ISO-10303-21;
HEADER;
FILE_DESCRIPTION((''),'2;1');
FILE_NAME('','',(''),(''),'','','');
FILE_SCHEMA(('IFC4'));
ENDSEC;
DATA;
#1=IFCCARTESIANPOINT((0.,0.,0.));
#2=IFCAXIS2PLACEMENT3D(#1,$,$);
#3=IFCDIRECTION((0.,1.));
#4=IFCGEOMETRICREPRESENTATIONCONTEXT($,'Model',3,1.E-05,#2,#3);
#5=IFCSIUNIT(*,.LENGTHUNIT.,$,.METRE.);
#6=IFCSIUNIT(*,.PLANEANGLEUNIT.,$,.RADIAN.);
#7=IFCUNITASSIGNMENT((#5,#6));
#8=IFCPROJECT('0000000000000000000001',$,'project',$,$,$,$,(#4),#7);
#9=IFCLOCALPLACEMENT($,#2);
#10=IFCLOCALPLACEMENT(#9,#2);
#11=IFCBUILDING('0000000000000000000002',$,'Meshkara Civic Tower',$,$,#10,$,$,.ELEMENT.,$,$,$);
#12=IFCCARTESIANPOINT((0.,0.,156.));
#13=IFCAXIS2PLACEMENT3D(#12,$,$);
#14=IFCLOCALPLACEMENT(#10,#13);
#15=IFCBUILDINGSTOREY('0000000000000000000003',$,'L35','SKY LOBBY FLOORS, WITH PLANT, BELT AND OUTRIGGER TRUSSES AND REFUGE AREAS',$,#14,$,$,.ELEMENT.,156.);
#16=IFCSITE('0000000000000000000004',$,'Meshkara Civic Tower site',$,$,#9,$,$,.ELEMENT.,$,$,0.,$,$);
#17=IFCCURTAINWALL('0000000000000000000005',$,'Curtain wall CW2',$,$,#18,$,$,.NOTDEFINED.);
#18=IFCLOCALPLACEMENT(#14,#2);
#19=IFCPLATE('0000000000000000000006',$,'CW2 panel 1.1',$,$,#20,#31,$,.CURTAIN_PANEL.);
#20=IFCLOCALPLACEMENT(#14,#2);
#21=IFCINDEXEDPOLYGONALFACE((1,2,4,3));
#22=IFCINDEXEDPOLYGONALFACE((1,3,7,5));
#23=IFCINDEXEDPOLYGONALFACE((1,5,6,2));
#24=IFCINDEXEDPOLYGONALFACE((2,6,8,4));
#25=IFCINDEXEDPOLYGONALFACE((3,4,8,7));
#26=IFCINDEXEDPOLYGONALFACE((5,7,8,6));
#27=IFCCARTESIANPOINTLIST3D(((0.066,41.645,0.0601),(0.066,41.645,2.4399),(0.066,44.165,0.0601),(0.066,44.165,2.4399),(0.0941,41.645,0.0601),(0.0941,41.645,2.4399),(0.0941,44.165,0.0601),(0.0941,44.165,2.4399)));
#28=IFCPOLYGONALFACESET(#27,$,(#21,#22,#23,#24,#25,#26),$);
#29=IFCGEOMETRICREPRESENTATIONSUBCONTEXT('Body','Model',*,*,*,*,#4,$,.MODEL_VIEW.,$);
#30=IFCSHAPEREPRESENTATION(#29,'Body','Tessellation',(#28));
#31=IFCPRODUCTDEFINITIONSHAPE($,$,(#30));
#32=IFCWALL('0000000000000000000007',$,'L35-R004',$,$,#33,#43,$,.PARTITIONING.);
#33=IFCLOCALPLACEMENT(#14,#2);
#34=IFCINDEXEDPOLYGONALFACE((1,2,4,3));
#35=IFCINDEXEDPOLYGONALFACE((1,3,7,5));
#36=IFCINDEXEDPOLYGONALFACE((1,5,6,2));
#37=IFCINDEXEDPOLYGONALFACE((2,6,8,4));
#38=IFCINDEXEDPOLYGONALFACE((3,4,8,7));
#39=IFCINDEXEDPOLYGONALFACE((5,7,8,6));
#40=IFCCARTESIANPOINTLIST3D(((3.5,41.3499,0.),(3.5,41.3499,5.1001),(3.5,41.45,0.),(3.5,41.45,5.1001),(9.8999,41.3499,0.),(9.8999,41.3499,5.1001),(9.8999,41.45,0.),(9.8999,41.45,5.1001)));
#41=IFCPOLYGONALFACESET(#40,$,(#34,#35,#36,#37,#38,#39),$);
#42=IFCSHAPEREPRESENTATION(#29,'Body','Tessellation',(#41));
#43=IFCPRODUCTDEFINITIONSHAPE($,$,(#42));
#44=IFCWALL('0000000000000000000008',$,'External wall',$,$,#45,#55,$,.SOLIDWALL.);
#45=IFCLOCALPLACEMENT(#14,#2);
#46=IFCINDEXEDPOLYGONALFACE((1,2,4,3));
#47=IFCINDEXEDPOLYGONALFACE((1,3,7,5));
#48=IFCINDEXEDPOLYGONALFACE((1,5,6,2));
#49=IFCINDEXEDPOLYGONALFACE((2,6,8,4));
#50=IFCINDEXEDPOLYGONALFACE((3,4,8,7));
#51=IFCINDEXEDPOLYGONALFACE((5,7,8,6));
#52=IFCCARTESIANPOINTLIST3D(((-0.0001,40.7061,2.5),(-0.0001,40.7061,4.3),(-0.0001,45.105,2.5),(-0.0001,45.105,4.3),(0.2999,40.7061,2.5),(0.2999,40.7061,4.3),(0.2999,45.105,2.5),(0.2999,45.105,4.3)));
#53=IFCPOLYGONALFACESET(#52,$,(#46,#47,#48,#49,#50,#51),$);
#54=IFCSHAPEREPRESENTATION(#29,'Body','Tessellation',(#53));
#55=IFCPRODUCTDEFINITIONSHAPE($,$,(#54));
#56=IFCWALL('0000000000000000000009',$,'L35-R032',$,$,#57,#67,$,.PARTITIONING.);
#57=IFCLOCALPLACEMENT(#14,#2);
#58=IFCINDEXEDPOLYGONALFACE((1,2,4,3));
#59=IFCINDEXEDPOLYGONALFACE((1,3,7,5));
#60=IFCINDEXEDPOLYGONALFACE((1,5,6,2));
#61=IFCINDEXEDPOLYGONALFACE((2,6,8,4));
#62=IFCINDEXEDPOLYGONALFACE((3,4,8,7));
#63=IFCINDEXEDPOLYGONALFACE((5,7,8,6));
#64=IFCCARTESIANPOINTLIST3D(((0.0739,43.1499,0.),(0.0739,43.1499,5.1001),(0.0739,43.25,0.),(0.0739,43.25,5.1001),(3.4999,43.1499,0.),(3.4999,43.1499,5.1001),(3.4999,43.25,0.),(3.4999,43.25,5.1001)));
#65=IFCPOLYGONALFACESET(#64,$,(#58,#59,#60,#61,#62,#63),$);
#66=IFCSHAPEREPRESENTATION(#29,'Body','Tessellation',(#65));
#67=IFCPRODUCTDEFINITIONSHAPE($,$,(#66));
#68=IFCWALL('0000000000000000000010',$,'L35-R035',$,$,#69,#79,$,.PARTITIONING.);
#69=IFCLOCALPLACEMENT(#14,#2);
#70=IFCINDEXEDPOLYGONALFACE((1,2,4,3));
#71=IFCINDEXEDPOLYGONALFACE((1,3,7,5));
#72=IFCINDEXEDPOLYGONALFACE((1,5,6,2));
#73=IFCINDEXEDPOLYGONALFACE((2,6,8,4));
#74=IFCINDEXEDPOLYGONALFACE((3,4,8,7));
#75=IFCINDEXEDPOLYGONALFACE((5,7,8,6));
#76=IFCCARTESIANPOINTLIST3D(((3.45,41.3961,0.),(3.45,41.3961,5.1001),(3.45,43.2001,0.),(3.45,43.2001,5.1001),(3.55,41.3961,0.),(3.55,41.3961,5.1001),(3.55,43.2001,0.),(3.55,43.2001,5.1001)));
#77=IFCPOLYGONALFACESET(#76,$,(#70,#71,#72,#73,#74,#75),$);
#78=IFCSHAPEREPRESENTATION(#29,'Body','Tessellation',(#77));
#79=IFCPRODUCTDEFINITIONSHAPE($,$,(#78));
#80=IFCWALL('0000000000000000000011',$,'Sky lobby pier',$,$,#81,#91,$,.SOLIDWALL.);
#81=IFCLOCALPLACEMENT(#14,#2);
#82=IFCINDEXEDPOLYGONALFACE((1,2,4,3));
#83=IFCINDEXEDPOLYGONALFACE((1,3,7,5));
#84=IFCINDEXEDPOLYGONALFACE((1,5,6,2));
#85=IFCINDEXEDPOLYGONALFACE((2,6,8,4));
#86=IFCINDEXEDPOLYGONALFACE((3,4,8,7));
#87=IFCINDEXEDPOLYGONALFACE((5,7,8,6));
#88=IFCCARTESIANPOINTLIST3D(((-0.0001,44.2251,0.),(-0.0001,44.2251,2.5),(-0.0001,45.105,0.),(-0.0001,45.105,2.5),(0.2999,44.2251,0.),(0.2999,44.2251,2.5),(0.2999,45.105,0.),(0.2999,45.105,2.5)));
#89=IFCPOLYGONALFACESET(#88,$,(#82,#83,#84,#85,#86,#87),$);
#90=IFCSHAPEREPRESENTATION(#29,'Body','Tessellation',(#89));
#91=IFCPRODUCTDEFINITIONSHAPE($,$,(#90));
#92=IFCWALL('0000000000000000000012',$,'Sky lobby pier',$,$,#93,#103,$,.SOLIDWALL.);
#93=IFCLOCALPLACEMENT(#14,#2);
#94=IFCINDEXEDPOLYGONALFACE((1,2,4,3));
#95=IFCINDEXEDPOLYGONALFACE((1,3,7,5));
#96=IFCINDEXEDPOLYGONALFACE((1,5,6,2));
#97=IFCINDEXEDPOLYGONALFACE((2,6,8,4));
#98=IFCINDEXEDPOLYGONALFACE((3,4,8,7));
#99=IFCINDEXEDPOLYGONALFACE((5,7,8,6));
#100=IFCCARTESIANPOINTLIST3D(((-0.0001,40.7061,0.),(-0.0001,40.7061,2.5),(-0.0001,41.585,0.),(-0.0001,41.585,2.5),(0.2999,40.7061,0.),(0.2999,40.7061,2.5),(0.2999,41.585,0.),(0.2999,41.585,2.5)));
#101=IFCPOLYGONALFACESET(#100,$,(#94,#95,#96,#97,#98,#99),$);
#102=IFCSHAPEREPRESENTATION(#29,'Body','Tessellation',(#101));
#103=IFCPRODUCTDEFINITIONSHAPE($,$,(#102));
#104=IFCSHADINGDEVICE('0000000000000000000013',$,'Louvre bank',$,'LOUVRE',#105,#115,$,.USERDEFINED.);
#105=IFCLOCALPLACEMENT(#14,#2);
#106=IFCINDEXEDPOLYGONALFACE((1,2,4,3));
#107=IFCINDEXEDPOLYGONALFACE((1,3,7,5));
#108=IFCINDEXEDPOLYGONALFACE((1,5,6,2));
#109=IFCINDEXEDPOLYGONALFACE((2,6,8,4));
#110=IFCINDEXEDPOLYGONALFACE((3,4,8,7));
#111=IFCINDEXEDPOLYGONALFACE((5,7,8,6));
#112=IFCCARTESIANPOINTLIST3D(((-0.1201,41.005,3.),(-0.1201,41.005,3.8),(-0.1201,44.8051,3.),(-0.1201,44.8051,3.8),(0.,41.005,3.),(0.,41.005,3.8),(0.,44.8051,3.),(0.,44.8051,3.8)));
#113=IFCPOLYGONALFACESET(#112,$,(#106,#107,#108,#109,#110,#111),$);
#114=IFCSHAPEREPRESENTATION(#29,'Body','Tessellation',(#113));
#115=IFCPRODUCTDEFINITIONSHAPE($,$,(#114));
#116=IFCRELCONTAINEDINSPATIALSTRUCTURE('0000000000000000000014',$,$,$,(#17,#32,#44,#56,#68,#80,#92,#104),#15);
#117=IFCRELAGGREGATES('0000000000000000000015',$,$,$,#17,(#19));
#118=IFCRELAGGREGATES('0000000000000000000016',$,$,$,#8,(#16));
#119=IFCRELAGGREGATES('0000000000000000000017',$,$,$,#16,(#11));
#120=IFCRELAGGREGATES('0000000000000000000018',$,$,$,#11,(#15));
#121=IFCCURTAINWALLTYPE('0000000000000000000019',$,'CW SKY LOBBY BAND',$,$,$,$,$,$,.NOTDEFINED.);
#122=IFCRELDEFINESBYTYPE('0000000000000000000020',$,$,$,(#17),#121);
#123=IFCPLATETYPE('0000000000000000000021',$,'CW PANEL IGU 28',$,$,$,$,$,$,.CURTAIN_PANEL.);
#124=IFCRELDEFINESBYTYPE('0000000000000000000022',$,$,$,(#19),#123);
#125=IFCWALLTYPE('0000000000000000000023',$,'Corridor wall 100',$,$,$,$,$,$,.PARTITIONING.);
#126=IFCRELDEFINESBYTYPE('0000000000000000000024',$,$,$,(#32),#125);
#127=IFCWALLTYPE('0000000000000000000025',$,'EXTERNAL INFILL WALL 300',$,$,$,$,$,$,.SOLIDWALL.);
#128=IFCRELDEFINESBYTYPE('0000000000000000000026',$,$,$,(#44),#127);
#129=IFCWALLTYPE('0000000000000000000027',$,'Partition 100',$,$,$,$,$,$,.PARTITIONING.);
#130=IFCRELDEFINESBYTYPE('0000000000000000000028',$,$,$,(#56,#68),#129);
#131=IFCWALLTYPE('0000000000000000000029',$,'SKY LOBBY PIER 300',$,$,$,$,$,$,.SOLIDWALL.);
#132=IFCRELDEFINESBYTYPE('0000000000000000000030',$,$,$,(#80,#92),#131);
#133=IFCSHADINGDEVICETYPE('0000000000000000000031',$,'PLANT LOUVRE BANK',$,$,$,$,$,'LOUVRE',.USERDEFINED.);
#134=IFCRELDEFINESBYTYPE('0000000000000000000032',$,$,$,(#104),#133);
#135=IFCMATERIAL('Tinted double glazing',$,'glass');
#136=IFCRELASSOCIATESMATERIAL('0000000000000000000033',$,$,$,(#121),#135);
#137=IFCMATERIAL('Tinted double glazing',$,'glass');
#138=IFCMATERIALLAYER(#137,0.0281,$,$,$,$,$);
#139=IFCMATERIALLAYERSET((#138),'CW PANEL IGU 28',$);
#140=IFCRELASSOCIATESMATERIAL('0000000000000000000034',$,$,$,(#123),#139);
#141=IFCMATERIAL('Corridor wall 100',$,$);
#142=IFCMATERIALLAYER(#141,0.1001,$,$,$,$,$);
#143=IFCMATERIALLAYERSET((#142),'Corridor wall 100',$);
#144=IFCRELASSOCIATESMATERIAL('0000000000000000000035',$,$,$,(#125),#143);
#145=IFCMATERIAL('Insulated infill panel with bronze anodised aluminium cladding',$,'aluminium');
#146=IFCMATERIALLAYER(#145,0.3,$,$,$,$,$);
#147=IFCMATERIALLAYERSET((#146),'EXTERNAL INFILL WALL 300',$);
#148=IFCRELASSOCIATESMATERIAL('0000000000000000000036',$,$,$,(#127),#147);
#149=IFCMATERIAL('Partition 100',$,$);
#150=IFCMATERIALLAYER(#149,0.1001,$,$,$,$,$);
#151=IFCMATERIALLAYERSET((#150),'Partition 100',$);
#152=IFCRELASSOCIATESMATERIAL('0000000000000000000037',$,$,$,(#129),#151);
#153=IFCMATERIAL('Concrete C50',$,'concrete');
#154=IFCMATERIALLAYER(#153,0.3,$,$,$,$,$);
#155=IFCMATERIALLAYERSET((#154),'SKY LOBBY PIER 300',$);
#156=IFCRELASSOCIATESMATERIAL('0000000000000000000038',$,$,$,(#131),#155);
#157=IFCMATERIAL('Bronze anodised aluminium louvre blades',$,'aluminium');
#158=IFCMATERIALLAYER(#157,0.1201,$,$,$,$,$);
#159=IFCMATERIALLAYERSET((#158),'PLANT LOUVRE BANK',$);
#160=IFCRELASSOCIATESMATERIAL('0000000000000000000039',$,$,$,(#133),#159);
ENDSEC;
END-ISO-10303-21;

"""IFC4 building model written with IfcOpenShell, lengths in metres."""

from ifc_helpers import new_model, si_unit, direction, frame, frame_2d, origin, origin_2d, place, context, subcontext, project, spatial, rectangle, extrude, material, layer, layer_set, type_object, element, aggregate, save


model = new_model("IFC4")

# Units and contexts
model_context = context("Model", 3, precision=1e-05, world=origin(), true_north=direction((0.0, 1.0)))
body_context = subcontext(model_context, "Body", "Model", "MODEL_VIEW")
ifc_project = project(units=[si_unit("LENGTHUNIT", "METRE"), si_unit("PLANEANGLEUNIT", "RADIAN")], contexts=[model_context])

# Site, building, storey
site_placement = place(None, origin())
site = spatial("IfcSite", under=ifc_project, at=site_placement, Name="Meshkara Civic Tower site", CompositionType="ELEMENT", RefElevation=0.0)
building_placement = place(site_placement, origin())
building = spatial("IfcBuilding", under=site, at=building_placement, Name="Meshkara Civic Tower", CompositionType="ELEMENT")
storey_placement = place(building_placement, frame((0.0, 0.0, 156.0)))
storey = spatial("IfcBuildingStorey", under=building, at=storey_placement, Name="L35", Description="SKY LOBBY FLOORS, WITH PLANT, BELT AND OUTRIGGER TRUSSES AND REFUGE AREAS", CompositionType="ELEMENT", Elevation=156.0)

# Curtain wall
ifc_material_1 = material(Name="Tinted double glazing", Category="glass")
curtain_wall_type = type_object("IfcCurtainWallType", Name="CW SKY LOBBY BAND", PredefinedType="NOTDEFINED", material=ifc_material_1)
curtain_wall_placement = place(storey_placement, origin())
curtain_wall = element("IfcCurtainWall", 1, at=curtain_wall_placement, inside=storey, type_object=curtain_wall_type, Name="Curtain wall CW2", PredefinedType="NOTDEFINED")

# Plate
ifc_material_2 = material(Name="Tinted double glazing", Category="glass")
ifc_layer_1 = layer(ifc_material_2, 0.0281)
ifc_layer_set_1 = layer_set([ifc_layer_1], Name="CW PANEL IGU 28")
plate_type = type_object("IfcPlateType", Name="CW PANEL IGU 28", PredefinedType="CURTAIN_PANEL", material=ifc_layer_set_1)
plate_placement = place(storey_placement, frame((0.0801, 42.905, 0.0601), z_axis=(0.0, 0.0, 1.0), x_axis=(0.0, -1.0, 0.0)))
plate = element("IfcPlate", 2, at=plate_placement, type_object=plate_type, Name="CW2 panel 1.1", PredefinedType="CURTAIN_PANEL", context=body_context, shape_type="SweptSolid", body=[
    extrude(rectangle(XDim=2.52, YDim=0.0281, at=origin_2d()), origin(), (0.0, 0.0, 1.0), 2.3799),
])
aggregate(curtain_wall, [plate])

# Walls
ifc_material_3 = material(Name="Corridor wall 100")
ifc_layer_2 = layer(ifc_material_3, 0.1001)
ifc_layer_set_2 = layer_set([ifc_layer_2], Name="Corridor wall 100")
wall_type_1 = type_object("IfcWallType", Name="Corridor wall 100", PredefinedType="PARTITIONING", material=ifc_layer_set_2)
wall_1_placement = place(storey_placement, frame((9.8999, 41.3999, 0.0), z_axis=(0.0, 0.0, 1.0), x_axis=(-1.0, 0.0, 0.0)))
element("IfcWall", 3, at=wall_1_placement, inside=storey, type_object=wall_type_1, Name="L35-R004", PredefinedType="PARTITIONING", context=body_context, shape_type="SweptSolid", body=[
    extrude(rectangle(XDim=6.3999, YDim=0.1001, at=frame_2d((3.2, 0.0))), origin(), (0.0, 0.0, 1.0), 5.1001),
])
ifc_material_4 = material(Name="Insulated infill panel with bronze anodised aluminium cladding", Category="aluminium")
ifc_layer_3 = layer(ifc_material_4, 0.3)
ifc_layer_set_3 = layer_set([ifc_layer_3], Name="EXTERNAL INFILL WALL 300")
wall_type_2 = type_object("IfcWallType", Name="EXTERNAL INFILL WALL 300", PredefinedType="SOLIDWALL", material=ifc_layer_set_3)
wall_2_placement = place(storey_placement, frame((0.1499, 45.105, 2.5), z_axis=(0.0, 0.0, 1.0), x_axis=(0.0, -1.0, 0.0)))
element("IfcWall", 4, at=wall_2_placement, inside=storey, type_object=wall_type_2, Name="External wall", PredefinedType="SOLIDWALL", context=body_context, shape_type="SweptSolid", body=[
    extrude(rectangle(XDim=4.3989, YDim=0.3, at=frame_2d((2.1995, 0.0))), origin(), (0.0, 0.0, 1.0), 1.8),
])
ifc_material_5 = material(Name="Partition 100")
ifc_layer_4 = layer(ifc_material_5, 0.1001)
ifc_layer_set_4 = layer_set([ifc_layer_4], Name="Partition 100")
wall_type_3 = type_object("IfcWallType", Name="Partition 100", PredefinedType="PARTITIONING", material=ifc_layer_set_4)
wall_3_placement = place(storey_placement, frame((0.074, 43.2, 0.0), z_axis=(0.0, 0.0, 1.0), x_axis=(1.0, 0.0, 0.0)))
element("IfcWall", 5, at=wall_3_placement, inside=storey, type_object=wall_type_3, Name="L35-R032", PredefinedType="PARTITIONING", context=body_context, shape_type="SweptSolid", body=[
    extrude(rectangle(XDim=3.426, YDim=0.1001, at=frame_2d((1.7129, 0.0))), origin(), (0.0, 0.0, 1.0), 5.1001),
])
wall_4_placement = place(storey_placement, frame((3.5, 43.2, 0.0), z_axis=(0.0, 0.0, 1.0), x_axis=(0.0, -1.0, 0.0)))
element("IfcWall", 6, at=wall_4_placement, inside=storey, type_object=wall_type_3, Name="L35-R035", PredefinedType="PARTITIONING", context=body_context, shape_type="SweptSolid", body=[
    extrude(rectangle(XDim=1.804, YDim=0.1001, at=frame_2d((0.9019, 0.0))), origin(), (0.0, 0.0, 1.0), 5.1001),
])
ifc_material_6 = material(Name="Concrete C50", Category="concrete")
ifc_layer_5 = layer(ifc_material_6, 0.3)
ifc_layer_set_5 = layer_set([ifc_layer_5], Name="SKY LOBBY PIER 300")
wall_type_4 = type_object("IfcWallType", Name="SKY LOBBY PIER 300", PredefinedType="SOLIDWALL", material=ifc_layer_set_5)
wall_5_placement = place(storey_placement, frame((0.1499, 45.105, 0.0), z_axis=(0.0, 0.0, 1.0), x_axis=(0.0, -1.0, 0.0)))
element("IfcWall", 7, at=wall_5_placement, inside=storey, type_object=wall_type_4, Name="Sky lobby pier", PredefinedType="SOLIDWALL", context=body_context, shape_type="SweptSolid", body=[
    extrude(rectangle(XDim=0.8799, YDim=0.3, at=frame_2d((0.4399, 0.0))), origin(), (0.0, 0.0, 1.0), 2.5),
])
wall_6_placement = place(storey_placement, frame((0.1499, 41.585, 0.0), z_axis=(0.0, 0.0, 1.0), x_axis=(0.0, -1.0, 0.0)))
element("IfcWall", 8, at=wall_6_placement, inside=storey, type_object=wall_type_4, Name="Sky lobby pier", PredefinedType="SOLIDWALL", context=body_context, shape_type="SweptSolid", body=[
    extrude(rectangle(XDim=0.8789, YDim=0.3, at=frame_2d((0.4395, 0.0))), origin(), (0.0, 0.0, 1.0), 2.5),
])

# Shading device
ifc_material_7 = material(Name="Bronze anodised aluminium louvre blades", Category="aluminium")
ifc_layer_6 = layer(ifc_material_7, 0.1201)
ifc_layer_set_6 = layer_set([ifc_layer_6], Name="PLANT LOUVRE BANK")
shading_device_type = type_object("IfcShadingDeviceType", Name="PLANT LOUVRE BANK", ElementType="LOUVRE", PredefinedType="USERDEFINED", material=ifc_layer_set_6)
shading_device_placement = place(storey_placement, frame((-0.0601, 42.905, 3.0), z_axis=(0.0, 0.0, 1.0), x_axis=(0.0, -1.0, 0.0)))
element("IfcShadingDevice", 9, at=shading_device_placement, inside=storey, type_object=shading_device_type, Name="Louvre bank", ObjectType="LOUVRE", PredefinedType="USERDEFINED", context=body_context, shape_type="SweptSolid", body=[
    extrude(rectangle(XDim=3.8, YDim=0.1201, at=origin_2d()), origin(), (0.0, 0.0, 1.0), 0.8),
])

save(model, "model.ifc")
